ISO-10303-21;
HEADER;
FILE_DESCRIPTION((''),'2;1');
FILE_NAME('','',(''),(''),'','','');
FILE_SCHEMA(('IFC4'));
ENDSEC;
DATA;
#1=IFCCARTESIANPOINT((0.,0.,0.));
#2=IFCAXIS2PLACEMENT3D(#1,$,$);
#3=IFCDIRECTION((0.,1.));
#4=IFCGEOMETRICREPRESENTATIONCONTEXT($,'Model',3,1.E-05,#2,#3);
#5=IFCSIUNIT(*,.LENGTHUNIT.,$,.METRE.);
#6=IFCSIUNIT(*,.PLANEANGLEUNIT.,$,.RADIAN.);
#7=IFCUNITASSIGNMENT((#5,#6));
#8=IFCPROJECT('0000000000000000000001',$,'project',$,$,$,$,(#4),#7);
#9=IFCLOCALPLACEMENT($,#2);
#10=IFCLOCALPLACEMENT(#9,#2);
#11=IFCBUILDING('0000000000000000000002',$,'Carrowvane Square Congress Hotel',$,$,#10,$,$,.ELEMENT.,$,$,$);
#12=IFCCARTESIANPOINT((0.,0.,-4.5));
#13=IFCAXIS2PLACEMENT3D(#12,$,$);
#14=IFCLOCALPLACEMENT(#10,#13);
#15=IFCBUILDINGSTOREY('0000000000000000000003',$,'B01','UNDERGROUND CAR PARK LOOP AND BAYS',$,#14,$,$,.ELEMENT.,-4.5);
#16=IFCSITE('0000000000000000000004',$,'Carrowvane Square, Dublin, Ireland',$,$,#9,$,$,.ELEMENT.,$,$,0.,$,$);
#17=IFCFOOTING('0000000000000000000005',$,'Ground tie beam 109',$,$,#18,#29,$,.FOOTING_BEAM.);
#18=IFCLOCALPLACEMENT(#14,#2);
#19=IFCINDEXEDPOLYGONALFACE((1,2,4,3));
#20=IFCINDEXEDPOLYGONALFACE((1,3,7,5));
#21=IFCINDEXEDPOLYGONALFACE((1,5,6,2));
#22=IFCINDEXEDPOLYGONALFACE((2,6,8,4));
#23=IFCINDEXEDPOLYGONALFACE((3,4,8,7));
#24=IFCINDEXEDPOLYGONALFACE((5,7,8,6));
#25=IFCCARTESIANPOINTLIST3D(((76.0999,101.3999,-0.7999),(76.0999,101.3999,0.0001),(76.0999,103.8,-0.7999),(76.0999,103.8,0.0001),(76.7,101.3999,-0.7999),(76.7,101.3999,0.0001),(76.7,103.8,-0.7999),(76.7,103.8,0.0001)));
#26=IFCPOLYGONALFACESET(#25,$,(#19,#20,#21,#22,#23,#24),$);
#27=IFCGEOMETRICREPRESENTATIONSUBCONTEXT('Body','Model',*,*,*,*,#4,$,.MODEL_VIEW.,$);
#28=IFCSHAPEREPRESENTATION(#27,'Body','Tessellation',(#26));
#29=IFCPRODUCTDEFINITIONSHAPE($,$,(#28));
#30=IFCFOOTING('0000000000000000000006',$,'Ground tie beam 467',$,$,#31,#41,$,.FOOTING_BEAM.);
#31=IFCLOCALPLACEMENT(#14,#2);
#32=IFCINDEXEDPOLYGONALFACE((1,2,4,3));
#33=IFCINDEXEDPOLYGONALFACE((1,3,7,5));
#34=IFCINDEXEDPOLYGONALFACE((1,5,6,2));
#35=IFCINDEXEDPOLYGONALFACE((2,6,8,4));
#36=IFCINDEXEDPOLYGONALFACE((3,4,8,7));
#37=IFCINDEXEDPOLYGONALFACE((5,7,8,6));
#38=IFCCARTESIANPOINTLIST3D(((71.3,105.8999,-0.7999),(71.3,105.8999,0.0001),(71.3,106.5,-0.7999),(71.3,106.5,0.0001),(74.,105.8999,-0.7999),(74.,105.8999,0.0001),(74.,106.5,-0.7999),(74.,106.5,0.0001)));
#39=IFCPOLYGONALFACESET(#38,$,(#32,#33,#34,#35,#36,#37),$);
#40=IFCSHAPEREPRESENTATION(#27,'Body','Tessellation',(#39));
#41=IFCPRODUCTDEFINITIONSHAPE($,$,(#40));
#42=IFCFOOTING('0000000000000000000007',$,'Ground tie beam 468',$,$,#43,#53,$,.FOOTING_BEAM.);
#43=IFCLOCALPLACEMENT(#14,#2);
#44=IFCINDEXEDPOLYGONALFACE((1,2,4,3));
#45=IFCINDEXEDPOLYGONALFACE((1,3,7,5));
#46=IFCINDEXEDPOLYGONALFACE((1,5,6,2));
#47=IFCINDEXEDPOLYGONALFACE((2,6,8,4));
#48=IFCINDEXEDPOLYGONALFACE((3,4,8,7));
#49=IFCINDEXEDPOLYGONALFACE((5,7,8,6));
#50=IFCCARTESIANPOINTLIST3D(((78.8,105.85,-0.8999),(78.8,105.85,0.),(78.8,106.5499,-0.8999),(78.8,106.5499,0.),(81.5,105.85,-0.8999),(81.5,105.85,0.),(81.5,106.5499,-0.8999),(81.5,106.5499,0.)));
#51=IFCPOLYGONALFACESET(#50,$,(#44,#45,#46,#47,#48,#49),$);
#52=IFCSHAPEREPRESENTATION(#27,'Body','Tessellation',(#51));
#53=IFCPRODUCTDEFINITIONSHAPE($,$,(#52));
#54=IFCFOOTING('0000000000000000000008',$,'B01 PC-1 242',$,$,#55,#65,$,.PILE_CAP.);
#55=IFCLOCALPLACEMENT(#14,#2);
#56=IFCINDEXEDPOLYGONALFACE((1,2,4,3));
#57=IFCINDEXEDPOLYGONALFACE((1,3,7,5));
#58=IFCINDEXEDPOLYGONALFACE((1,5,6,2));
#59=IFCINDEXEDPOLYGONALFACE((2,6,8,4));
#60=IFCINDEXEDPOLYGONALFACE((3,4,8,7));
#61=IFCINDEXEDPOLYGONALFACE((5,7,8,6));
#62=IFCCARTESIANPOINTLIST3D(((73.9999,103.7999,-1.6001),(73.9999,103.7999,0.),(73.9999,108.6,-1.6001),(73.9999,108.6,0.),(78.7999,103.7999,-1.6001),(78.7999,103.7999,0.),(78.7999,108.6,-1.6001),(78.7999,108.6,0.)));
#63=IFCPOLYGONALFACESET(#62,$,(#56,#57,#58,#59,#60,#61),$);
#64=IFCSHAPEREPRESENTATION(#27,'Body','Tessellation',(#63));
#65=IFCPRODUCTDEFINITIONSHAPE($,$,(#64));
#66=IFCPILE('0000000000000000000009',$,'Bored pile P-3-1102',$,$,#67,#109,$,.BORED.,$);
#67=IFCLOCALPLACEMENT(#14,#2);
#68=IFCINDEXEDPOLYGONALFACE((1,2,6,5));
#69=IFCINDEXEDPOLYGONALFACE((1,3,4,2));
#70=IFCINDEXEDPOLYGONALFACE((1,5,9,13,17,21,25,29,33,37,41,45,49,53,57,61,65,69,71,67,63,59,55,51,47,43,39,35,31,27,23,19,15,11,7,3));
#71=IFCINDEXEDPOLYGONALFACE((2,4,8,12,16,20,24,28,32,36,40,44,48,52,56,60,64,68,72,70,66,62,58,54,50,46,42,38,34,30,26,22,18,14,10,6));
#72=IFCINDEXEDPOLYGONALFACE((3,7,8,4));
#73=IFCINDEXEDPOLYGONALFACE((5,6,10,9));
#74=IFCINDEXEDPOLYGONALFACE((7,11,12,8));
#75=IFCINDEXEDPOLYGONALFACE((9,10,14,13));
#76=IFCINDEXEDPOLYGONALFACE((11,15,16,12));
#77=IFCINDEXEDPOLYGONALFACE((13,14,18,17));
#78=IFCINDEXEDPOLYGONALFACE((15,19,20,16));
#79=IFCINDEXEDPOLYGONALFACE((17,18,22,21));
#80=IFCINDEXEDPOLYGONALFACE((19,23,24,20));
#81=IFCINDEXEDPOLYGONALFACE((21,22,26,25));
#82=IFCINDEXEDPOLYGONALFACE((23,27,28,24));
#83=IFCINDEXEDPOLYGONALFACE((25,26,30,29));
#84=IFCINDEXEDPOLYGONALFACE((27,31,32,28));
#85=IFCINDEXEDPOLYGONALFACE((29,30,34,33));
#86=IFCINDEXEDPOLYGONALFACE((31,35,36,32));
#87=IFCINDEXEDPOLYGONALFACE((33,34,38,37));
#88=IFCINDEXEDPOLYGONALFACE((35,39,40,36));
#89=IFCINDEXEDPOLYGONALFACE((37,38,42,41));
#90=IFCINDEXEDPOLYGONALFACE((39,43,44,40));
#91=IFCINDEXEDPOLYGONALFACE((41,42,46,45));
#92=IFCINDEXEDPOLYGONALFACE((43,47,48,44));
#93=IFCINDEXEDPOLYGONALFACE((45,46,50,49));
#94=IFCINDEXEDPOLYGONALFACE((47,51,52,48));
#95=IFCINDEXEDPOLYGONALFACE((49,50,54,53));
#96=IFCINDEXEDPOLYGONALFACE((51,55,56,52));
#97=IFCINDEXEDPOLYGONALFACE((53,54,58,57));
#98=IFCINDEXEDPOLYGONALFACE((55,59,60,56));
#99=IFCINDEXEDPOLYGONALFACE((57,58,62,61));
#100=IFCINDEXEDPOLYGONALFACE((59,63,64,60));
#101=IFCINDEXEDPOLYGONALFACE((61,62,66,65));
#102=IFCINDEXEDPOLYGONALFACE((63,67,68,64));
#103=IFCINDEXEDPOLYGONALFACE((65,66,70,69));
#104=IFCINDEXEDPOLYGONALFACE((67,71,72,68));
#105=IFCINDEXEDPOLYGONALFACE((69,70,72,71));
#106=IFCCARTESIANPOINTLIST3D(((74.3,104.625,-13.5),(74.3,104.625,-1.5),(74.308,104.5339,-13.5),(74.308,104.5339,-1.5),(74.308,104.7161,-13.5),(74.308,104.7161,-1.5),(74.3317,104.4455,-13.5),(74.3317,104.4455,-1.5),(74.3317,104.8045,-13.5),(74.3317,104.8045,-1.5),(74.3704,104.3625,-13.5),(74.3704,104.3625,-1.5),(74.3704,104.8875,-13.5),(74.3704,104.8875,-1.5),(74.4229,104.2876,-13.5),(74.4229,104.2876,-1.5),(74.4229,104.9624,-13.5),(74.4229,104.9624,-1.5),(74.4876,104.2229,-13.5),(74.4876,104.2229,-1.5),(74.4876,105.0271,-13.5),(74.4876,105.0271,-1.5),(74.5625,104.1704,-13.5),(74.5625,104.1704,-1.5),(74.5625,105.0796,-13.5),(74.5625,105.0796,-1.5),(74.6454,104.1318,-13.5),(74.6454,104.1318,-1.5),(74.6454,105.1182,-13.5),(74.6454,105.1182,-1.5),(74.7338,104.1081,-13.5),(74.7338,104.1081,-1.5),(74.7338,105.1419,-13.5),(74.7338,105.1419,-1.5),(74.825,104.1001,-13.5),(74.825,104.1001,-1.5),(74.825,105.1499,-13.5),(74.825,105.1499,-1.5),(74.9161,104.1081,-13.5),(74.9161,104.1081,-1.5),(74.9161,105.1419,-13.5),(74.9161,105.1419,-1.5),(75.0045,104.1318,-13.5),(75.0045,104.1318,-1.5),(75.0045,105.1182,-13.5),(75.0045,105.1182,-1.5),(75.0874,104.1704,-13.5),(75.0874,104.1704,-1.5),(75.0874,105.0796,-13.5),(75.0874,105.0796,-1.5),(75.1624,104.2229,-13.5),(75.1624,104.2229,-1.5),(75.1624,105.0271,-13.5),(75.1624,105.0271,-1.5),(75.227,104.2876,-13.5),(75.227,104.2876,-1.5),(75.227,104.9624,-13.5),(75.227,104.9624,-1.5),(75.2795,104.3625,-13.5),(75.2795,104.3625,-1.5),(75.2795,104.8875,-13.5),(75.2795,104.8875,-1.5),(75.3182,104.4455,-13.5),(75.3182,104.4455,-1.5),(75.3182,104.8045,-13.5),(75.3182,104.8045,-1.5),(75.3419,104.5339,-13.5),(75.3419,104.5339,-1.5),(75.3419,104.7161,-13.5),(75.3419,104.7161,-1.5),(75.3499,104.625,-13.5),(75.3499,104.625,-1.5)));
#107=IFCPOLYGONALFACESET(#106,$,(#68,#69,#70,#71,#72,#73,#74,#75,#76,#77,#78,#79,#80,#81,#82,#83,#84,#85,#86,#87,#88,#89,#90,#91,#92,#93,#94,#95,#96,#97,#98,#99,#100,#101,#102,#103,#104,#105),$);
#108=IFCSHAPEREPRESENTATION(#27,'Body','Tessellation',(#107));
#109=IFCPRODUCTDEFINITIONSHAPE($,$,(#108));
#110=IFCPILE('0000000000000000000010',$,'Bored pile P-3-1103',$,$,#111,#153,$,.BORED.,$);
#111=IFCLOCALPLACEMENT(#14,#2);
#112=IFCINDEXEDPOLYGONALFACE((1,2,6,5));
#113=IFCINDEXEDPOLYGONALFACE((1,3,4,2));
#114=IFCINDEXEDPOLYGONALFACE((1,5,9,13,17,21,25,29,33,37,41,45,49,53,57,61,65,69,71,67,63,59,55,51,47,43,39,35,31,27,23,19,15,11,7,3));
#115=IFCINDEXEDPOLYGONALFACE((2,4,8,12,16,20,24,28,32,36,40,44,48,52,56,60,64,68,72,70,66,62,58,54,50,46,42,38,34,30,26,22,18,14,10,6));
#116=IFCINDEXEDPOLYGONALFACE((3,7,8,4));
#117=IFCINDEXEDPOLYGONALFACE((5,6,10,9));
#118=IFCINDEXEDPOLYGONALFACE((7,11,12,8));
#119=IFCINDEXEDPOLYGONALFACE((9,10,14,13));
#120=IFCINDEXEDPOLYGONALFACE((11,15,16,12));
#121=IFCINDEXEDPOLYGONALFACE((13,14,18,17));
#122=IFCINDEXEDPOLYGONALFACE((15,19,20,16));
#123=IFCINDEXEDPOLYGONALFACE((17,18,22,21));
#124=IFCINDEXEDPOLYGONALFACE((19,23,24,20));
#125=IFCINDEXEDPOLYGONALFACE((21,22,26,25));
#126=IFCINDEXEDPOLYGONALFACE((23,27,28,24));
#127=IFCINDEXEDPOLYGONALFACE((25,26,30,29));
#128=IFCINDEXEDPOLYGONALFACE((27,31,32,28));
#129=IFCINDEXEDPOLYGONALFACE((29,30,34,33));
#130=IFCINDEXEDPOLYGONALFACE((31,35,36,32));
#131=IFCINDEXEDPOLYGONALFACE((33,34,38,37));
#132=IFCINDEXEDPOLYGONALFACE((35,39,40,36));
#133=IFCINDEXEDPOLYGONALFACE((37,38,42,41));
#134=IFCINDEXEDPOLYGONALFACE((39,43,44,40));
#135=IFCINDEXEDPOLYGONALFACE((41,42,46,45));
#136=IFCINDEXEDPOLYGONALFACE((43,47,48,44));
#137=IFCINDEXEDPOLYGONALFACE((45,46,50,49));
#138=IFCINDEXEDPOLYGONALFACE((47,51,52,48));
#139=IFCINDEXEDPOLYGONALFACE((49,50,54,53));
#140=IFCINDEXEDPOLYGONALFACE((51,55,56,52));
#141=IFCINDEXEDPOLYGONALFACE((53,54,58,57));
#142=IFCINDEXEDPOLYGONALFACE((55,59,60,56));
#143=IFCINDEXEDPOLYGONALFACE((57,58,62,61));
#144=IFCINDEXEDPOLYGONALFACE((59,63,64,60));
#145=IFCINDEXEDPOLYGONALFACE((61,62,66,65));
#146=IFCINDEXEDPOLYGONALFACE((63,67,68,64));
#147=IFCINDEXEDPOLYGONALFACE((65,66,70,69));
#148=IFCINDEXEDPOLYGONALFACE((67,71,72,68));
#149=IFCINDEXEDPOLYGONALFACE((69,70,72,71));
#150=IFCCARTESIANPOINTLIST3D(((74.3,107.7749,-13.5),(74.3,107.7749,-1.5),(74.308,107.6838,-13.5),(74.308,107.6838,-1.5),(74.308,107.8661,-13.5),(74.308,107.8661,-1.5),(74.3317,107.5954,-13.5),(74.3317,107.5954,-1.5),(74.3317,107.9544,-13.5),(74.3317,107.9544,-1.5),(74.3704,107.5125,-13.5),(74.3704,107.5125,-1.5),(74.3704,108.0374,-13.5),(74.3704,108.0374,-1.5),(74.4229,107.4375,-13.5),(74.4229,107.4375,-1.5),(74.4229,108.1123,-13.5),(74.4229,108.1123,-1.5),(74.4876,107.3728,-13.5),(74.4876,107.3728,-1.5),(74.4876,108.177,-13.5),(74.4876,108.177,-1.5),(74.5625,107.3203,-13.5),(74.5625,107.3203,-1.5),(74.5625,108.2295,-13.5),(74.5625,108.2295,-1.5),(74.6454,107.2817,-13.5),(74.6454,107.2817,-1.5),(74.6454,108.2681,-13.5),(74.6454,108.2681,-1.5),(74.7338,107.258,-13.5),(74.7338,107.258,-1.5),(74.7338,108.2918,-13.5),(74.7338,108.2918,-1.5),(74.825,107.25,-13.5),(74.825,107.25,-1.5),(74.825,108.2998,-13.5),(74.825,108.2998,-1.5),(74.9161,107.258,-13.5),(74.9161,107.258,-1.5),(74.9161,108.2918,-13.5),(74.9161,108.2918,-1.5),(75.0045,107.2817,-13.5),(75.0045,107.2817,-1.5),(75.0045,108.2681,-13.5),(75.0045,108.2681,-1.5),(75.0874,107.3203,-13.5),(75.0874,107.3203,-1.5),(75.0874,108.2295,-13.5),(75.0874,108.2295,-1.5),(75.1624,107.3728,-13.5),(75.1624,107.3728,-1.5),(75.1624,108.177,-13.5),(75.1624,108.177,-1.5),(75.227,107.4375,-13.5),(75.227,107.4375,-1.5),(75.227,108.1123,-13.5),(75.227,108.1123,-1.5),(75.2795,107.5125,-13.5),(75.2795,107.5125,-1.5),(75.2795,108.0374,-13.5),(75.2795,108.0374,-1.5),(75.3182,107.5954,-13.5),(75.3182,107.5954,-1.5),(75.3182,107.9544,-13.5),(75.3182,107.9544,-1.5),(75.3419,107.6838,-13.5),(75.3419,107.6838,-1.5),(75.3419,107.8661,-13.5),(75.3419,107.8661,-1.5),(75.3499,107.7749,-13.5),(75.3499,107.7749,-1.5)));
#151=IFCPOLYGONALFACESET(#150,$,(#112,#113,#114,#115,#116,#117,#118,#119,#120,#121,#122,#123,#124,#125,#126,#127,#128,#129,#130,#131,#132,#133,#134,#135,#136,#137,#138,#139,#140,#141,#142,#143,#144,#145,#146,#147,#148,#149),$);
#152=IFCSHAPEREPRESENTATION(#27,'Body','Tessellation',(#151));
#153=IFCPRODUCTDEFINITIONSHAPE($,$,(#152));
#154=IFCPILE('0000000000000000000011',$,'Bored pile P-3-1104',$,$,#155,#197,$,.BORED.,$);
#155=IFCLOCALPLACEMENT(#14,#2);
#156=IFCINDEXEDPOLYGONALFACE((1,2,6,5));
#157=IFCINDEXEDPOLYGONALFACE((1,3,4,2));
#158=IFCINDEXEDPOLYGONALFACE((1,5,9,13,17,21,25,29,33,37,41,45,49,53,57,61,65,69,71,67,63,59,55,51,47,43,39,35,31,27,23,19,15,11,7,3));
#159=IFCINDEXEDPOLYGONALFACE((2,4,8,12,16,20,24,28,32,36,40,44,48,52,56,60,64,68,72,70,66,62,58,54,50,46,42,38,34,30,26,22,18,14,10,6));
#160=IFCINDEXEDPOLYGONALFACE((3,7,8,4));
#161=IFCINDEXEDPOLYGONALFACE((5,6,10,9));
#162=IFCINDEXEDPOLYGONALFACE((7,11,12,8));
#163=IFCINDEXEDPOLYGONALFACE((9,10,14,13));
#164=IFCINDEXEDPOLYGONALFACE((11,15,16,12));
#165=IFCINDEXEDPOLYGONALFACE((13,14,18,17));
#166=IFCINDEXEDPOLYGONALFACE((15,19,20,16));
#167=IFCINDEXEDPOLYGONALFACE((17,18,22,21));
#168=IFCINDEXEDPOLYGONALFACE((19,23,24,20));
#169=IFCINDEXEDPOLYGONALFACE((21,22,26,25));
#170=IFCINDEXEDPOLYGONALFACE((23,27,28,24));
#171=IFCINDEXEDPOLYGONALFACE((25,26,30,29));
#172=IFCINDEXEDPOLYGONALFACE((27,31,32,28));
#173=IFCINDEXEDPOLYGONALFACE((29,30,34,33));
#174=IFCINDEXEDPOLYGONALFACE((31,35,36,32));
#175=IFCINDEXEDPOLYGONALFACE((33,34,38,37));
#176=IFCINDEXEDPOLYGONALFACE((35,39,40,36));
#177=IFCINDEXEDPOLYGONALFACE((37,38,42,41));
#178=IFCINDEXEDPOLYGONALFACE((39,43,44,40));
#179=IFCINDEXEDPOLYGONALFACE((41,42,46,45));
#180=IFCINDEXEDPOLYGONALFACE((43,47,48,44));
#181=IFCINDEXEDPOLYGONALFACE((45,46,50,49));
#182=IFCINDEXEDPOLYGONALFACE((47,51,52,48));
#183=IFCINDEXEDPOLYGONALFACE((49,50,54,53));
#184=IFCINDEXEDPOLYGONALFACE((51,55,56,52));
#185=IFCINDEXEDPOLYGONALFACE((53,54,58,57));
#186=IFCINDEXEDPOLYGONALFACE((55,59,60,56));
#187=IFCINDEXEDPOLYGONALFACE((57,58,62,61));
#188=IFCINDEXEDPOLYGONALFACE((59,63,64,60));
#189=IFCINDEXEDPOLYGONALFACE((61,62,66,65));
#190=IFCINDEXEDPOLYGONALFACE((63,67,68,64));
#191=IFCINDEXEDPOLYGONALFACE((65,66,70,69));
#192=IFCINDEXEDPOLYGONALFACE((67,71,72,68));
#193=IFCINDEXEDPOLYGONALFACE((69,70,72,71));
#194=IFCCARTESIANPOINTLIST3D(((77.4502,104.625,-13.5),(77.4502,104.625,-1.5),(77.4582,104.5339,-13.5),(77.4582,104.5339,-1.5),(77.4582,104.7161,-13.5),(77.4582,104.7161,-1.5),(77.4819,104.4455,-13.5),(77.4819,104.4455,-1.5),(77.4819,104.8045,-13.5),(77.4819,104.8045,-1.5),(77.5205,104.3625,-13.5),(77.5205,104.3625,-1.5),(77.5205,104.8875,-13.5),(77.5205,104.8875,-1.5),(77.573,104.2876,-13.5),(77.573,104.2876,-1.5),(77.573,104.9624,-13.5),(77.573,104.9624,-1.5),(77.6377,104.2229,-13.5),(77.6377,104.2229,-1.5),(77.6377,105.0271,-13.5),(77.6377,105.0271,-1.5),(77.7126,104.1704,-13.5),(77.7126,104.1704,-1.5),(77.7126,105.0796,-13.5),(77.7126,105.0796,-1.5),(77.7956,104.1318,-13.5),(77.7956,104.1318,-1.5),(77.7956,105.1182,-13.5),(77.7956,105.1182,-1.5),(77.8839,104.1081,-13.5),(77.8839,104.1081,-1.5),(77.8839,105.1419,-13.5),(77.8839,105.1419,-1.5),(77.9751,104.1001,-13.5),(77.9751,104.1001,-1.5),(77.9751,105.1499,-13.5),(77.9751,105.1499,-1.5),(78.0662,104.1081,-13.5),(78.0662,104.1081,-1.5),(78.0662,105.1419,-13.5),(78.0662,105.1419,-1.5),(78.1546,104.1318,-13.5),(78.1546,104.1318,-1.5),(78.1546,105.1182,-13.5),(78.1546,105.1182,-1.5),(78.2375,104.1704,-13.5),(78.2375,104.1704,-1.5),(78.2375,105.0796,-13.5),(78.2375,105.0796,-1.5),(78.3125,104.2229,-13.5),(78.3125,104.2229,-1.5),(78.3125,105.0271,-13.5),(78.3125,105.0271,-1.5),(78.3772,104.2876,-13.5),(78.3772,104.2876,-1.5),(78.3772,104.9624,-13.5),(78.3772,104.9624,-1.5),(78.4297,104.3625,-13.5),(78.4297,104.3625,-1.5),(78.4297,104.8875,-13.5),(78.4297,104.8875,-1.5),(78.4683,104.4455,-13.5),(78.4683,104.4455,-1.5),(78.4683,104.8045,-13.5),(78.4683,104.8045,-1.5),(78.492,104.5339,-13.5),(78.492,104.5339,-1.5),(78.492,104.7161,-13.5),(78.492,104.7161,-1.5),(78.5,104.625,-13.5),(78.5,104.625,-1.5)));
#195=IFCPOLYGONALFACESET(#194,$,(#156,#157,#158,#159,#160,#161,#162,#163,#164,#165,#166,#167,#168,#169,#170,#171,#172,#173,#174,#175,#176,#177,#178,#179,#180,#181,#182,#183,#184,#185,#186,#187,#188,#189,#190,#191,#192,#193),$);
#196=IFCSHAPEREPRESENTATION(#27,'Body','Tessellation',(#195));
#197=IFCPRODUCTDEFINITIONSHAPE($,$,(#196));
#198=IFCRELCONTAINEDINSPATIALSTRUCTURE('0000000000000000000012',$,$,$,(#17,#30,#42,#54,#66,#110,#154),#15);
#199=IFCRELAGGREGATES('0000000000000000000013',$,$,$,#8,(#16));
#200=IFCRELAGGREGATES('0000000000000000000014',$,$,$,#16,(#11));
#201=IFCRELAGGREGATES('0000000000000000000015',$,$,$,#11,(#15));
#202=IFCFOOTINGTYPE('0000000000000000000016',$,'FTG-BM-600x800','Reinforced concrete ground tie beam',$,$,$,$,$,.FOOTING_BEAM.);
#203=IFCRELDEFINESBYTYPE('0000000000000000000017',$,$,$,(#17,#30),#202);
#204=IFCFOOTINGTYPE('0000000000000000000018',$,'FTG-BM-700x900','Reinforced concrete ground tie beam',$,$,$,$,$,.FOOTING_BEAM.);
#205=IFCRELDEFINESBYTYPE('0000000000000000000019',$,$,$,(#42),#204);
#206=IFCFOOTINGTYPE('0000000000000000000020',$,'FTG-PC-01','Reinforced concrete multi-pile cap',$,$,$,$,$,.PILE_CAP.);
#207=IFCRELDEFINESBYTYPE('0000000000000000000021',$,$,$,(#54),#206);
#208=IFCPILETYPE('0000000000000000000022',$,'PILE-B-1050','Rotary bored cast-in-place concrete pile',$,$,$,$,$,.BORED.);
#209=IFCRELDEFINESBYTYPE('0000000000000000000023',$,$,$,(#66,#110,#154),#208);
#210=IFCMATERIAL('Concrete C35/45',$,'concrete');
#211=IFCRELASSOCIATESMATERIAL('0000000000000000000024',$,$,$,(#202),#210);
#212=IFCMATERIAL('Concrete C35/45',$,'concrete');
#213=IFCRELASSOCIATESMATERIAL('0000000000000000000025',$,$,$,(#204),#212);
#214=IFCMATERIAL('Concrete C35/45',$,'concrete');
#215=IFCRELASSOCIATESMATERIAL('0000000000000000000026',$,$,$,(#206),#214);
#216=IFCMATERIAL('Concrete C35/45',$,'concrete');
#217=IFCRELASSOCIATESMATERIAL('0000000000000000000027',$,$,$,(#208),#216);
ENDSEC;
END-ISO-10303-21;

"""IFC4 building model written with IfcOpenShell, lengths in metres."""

from ifc_helpers import new_model, si_unit, direction, frame, origin, origin_2d, place, context, subcontext, project, spatial, rectangle, circle, extrude, material, material_profile, profile_set, type_object, element, save


model = new_model("IFC4")

# Units and contexts
model_context = context("Model", 3, precision=1e-05, world=origin(), true_north=direction((0.0, 1.0)))
body_context = subcontext(model_context, "Body", "Model", "MODEL_VIEW")
ifc_project = project(units=[si_unit("LENGTHUNIT", "METRE"), si_unit("PLANEANGLEUNIT", "RADIAN")], contexts=[model_context])

# Site, building, storey
site_placement = place(None, origin())
site = spatial("IfcSite", under=ifc_project, at=site_placement, Name="Carrowvane Square, Dublin, Ireland", CompositionType="ELEMENT", RefElevation=0.0)
building_placement = place(site_placement, origin())
building = spatial("IfcBuilding", under=site, at=building_placement, Name="Carrowvane Square Congress Hotel", CompositionType="ELEMENT")
storey_placement = place(building_placement, frame((0.0, 0.0, -4.5)))
storey = spatial("IfcBuildingStorey", under=building, at=storey_placement, Name="B01", Description="UNDERGROUND CAR PARK LOOP AND BAYS", CompositionType="ELEMENT", Elevation=-4.5)

# Footings
ifc_material_1 = material(Name="Concrete C35/45", Category="concrete")
ifc_material_profile_1 = material_profile(ifc_material_1, rectangle(XDim=0.6001, YDim=0.8, at=origin_2d()), Name="RC 600x800")
ifc_profile_set_1 = profile_set([ifc_material_profile_1], Name="Concrete C35/45")
footing_type_1 = type_object("IfcFootingType", Name="FTG-BM-600x800", Description="Reinforced concrete ground tie beam", PredefinedType="FOOTING_BEAM", material=ifc_profile_set_1)
footing_1_placement = place(storey_placement, frame((76.3999, 101.3999, -0.3999), z_axis=(0.0, 1.0, 0.0), x_axis=(-1.0, 0.0, 0.0)))
element("IfcFooting", 1, at=footing_1_placement, inside=storey, type_object=footing_type_1, Name="Ground tie beam 109", PredefinedType="FOOTING_BEAM", context=body_context, shape_type="SweptSolid", body=[
    extrude(rectangle(XDim=0.6001, YDim=0.8, at=origin_2d()), origin(), (0.0, 0.0, 1.0), 2.4001),
])
footing_2_placement = place(storey_placement, frame((71.3, 106.2, -0.3999), z_axis=(1.0, 0.0, 0.0), x_axis=(0.0, 1.0, 0.0)))
element("IfcFooting", 2, at=footing_2_placement, inside=storey, type_object=footing_type_1, Name="Ground tie beam 467", PredefinedType="FOOTING_BEAM", context=body_context, shape_type="SweptSolid", body=[
    extrude(rectangle(XDim=0.6001, YDim=0.8, at=origin_2d()), origin(), (0.0, 0.0, 1.0), 2.7),
])
ifc_material_2 = material(Name="Concrete C35/45", Category="concrete")
ifc_material_profile_2 = material_profile(ifc_material_2, rectangle(XDim=0.7, YDim=0.8999, at=origin_2d()), Name="RC 700x900")
ifc_profile_set_2 = profile_set([ifc_material_profile_2], Name="Concrete C35/45")
footing_type_2 = type_object("IfcFootingType", Name="FTG-BM-700x900", Description="Reinforced concrete ground tie beam", PredefinedType="FOOTING_BEAM", material=ifc_profile_set_2)
footing_3_placement = place(storey_placement, frame((78.8, 106.2, -0.45), z_axis=(1.0, 0.0, 0.0), x_axis=(0.0, 1.0, 0.0)))
element("IfcFooting", 3, at=footing_3_placement, inside=storey, type_object=footing_type_2, Name="Ground tie beam 468", PredefinedType="FOOTING_BEAM", context=body_context, shape_type="SweptSolid", body=[
    extrude(rectangle(XDim=0.7, YDim=0.8999, at=origin_2d()), origin(), (0.0, 0.0, 1.0), 2.7),
])
ifc_material_3 = material(Name="Concrete C35/45", Category="concrete")
footing_type_3 = type_object("IfcFootingType", Name="FTG-PC-01", Description="Reinforced concrete multi-pile cap", PredefinedType="PILE_CAP", material=ifc_material_3)
footing_4_placement = place(storey_placement, frame((76.3999, 106.2, -1.6001), z_axis=(0.0, 0.0, 1.0), x_axis=(1.0, 0.0, 0.0)))
element("IfcFooting", 4, at=footing_4_placement, inside=storey, type_object=footing_type_3, Name="B01 PC-1 242", PredefinedType="PILE_CAP", context=body_context, shape_type="SweptSolid", body=[
    extrude(rectangle(XDim=4.8, YDim=4.8, at=origin_2d()), origin(), (0.0, 0.0, 1.0), 1.6001),
])

# Piles
ifc_material_4 = material(Name="Concrete C35/45", Category="concrete")
ifc_material_profile_3 = material_profile(ifc_material_4, circle(Radius=0.5249, at=origin_2d()), Name="PILE D1050")
ifc_profile_set_3 = profile_set([ifc_material_profile_3], Name="Concrete C35/45")
pile_type_1 = type_object("IfcPileType", Name="PILE-B-1050", Description="Rotary bored cast-in-place concrete pile", PredefinedType="BORED", material=ifc_profile_set_3)
for number, where, z_axis, x_axis, name in (
    (5, (74.825, 104.625, -1.5), (0.0, 0.0, -1.0), (1.0, 0.0, 0.0), "Bored pile P-3-1102"),
    (6, (74.825, 107.7749, -1.5), (0.0, 0.0, -1.0), (1.0, 0.0, 0.0), "Bored pile P-3-1103"),
    (7, (77.9751, 104.625, -1.5), (0.0, 0.0, -1.0), (1.0, 0.0, 0.0), "Bored pile P-3-1104"),
):
    element("IfcPile", number, at=place(storey_placement, frame(where, z_axis=z_axis, x_axis=x_axis)), inside=storey, type_object=pile_type_1, Name=name, PredefinedType="BORED", context=body_context, shape_type="SweptSolid", body=[
        extrude(circle(Radius=0.5249, at=origin_2d()), origin(), (0.0, 0.0, 1.0), 12.0),
    ])

save(model, "model.ifc")
